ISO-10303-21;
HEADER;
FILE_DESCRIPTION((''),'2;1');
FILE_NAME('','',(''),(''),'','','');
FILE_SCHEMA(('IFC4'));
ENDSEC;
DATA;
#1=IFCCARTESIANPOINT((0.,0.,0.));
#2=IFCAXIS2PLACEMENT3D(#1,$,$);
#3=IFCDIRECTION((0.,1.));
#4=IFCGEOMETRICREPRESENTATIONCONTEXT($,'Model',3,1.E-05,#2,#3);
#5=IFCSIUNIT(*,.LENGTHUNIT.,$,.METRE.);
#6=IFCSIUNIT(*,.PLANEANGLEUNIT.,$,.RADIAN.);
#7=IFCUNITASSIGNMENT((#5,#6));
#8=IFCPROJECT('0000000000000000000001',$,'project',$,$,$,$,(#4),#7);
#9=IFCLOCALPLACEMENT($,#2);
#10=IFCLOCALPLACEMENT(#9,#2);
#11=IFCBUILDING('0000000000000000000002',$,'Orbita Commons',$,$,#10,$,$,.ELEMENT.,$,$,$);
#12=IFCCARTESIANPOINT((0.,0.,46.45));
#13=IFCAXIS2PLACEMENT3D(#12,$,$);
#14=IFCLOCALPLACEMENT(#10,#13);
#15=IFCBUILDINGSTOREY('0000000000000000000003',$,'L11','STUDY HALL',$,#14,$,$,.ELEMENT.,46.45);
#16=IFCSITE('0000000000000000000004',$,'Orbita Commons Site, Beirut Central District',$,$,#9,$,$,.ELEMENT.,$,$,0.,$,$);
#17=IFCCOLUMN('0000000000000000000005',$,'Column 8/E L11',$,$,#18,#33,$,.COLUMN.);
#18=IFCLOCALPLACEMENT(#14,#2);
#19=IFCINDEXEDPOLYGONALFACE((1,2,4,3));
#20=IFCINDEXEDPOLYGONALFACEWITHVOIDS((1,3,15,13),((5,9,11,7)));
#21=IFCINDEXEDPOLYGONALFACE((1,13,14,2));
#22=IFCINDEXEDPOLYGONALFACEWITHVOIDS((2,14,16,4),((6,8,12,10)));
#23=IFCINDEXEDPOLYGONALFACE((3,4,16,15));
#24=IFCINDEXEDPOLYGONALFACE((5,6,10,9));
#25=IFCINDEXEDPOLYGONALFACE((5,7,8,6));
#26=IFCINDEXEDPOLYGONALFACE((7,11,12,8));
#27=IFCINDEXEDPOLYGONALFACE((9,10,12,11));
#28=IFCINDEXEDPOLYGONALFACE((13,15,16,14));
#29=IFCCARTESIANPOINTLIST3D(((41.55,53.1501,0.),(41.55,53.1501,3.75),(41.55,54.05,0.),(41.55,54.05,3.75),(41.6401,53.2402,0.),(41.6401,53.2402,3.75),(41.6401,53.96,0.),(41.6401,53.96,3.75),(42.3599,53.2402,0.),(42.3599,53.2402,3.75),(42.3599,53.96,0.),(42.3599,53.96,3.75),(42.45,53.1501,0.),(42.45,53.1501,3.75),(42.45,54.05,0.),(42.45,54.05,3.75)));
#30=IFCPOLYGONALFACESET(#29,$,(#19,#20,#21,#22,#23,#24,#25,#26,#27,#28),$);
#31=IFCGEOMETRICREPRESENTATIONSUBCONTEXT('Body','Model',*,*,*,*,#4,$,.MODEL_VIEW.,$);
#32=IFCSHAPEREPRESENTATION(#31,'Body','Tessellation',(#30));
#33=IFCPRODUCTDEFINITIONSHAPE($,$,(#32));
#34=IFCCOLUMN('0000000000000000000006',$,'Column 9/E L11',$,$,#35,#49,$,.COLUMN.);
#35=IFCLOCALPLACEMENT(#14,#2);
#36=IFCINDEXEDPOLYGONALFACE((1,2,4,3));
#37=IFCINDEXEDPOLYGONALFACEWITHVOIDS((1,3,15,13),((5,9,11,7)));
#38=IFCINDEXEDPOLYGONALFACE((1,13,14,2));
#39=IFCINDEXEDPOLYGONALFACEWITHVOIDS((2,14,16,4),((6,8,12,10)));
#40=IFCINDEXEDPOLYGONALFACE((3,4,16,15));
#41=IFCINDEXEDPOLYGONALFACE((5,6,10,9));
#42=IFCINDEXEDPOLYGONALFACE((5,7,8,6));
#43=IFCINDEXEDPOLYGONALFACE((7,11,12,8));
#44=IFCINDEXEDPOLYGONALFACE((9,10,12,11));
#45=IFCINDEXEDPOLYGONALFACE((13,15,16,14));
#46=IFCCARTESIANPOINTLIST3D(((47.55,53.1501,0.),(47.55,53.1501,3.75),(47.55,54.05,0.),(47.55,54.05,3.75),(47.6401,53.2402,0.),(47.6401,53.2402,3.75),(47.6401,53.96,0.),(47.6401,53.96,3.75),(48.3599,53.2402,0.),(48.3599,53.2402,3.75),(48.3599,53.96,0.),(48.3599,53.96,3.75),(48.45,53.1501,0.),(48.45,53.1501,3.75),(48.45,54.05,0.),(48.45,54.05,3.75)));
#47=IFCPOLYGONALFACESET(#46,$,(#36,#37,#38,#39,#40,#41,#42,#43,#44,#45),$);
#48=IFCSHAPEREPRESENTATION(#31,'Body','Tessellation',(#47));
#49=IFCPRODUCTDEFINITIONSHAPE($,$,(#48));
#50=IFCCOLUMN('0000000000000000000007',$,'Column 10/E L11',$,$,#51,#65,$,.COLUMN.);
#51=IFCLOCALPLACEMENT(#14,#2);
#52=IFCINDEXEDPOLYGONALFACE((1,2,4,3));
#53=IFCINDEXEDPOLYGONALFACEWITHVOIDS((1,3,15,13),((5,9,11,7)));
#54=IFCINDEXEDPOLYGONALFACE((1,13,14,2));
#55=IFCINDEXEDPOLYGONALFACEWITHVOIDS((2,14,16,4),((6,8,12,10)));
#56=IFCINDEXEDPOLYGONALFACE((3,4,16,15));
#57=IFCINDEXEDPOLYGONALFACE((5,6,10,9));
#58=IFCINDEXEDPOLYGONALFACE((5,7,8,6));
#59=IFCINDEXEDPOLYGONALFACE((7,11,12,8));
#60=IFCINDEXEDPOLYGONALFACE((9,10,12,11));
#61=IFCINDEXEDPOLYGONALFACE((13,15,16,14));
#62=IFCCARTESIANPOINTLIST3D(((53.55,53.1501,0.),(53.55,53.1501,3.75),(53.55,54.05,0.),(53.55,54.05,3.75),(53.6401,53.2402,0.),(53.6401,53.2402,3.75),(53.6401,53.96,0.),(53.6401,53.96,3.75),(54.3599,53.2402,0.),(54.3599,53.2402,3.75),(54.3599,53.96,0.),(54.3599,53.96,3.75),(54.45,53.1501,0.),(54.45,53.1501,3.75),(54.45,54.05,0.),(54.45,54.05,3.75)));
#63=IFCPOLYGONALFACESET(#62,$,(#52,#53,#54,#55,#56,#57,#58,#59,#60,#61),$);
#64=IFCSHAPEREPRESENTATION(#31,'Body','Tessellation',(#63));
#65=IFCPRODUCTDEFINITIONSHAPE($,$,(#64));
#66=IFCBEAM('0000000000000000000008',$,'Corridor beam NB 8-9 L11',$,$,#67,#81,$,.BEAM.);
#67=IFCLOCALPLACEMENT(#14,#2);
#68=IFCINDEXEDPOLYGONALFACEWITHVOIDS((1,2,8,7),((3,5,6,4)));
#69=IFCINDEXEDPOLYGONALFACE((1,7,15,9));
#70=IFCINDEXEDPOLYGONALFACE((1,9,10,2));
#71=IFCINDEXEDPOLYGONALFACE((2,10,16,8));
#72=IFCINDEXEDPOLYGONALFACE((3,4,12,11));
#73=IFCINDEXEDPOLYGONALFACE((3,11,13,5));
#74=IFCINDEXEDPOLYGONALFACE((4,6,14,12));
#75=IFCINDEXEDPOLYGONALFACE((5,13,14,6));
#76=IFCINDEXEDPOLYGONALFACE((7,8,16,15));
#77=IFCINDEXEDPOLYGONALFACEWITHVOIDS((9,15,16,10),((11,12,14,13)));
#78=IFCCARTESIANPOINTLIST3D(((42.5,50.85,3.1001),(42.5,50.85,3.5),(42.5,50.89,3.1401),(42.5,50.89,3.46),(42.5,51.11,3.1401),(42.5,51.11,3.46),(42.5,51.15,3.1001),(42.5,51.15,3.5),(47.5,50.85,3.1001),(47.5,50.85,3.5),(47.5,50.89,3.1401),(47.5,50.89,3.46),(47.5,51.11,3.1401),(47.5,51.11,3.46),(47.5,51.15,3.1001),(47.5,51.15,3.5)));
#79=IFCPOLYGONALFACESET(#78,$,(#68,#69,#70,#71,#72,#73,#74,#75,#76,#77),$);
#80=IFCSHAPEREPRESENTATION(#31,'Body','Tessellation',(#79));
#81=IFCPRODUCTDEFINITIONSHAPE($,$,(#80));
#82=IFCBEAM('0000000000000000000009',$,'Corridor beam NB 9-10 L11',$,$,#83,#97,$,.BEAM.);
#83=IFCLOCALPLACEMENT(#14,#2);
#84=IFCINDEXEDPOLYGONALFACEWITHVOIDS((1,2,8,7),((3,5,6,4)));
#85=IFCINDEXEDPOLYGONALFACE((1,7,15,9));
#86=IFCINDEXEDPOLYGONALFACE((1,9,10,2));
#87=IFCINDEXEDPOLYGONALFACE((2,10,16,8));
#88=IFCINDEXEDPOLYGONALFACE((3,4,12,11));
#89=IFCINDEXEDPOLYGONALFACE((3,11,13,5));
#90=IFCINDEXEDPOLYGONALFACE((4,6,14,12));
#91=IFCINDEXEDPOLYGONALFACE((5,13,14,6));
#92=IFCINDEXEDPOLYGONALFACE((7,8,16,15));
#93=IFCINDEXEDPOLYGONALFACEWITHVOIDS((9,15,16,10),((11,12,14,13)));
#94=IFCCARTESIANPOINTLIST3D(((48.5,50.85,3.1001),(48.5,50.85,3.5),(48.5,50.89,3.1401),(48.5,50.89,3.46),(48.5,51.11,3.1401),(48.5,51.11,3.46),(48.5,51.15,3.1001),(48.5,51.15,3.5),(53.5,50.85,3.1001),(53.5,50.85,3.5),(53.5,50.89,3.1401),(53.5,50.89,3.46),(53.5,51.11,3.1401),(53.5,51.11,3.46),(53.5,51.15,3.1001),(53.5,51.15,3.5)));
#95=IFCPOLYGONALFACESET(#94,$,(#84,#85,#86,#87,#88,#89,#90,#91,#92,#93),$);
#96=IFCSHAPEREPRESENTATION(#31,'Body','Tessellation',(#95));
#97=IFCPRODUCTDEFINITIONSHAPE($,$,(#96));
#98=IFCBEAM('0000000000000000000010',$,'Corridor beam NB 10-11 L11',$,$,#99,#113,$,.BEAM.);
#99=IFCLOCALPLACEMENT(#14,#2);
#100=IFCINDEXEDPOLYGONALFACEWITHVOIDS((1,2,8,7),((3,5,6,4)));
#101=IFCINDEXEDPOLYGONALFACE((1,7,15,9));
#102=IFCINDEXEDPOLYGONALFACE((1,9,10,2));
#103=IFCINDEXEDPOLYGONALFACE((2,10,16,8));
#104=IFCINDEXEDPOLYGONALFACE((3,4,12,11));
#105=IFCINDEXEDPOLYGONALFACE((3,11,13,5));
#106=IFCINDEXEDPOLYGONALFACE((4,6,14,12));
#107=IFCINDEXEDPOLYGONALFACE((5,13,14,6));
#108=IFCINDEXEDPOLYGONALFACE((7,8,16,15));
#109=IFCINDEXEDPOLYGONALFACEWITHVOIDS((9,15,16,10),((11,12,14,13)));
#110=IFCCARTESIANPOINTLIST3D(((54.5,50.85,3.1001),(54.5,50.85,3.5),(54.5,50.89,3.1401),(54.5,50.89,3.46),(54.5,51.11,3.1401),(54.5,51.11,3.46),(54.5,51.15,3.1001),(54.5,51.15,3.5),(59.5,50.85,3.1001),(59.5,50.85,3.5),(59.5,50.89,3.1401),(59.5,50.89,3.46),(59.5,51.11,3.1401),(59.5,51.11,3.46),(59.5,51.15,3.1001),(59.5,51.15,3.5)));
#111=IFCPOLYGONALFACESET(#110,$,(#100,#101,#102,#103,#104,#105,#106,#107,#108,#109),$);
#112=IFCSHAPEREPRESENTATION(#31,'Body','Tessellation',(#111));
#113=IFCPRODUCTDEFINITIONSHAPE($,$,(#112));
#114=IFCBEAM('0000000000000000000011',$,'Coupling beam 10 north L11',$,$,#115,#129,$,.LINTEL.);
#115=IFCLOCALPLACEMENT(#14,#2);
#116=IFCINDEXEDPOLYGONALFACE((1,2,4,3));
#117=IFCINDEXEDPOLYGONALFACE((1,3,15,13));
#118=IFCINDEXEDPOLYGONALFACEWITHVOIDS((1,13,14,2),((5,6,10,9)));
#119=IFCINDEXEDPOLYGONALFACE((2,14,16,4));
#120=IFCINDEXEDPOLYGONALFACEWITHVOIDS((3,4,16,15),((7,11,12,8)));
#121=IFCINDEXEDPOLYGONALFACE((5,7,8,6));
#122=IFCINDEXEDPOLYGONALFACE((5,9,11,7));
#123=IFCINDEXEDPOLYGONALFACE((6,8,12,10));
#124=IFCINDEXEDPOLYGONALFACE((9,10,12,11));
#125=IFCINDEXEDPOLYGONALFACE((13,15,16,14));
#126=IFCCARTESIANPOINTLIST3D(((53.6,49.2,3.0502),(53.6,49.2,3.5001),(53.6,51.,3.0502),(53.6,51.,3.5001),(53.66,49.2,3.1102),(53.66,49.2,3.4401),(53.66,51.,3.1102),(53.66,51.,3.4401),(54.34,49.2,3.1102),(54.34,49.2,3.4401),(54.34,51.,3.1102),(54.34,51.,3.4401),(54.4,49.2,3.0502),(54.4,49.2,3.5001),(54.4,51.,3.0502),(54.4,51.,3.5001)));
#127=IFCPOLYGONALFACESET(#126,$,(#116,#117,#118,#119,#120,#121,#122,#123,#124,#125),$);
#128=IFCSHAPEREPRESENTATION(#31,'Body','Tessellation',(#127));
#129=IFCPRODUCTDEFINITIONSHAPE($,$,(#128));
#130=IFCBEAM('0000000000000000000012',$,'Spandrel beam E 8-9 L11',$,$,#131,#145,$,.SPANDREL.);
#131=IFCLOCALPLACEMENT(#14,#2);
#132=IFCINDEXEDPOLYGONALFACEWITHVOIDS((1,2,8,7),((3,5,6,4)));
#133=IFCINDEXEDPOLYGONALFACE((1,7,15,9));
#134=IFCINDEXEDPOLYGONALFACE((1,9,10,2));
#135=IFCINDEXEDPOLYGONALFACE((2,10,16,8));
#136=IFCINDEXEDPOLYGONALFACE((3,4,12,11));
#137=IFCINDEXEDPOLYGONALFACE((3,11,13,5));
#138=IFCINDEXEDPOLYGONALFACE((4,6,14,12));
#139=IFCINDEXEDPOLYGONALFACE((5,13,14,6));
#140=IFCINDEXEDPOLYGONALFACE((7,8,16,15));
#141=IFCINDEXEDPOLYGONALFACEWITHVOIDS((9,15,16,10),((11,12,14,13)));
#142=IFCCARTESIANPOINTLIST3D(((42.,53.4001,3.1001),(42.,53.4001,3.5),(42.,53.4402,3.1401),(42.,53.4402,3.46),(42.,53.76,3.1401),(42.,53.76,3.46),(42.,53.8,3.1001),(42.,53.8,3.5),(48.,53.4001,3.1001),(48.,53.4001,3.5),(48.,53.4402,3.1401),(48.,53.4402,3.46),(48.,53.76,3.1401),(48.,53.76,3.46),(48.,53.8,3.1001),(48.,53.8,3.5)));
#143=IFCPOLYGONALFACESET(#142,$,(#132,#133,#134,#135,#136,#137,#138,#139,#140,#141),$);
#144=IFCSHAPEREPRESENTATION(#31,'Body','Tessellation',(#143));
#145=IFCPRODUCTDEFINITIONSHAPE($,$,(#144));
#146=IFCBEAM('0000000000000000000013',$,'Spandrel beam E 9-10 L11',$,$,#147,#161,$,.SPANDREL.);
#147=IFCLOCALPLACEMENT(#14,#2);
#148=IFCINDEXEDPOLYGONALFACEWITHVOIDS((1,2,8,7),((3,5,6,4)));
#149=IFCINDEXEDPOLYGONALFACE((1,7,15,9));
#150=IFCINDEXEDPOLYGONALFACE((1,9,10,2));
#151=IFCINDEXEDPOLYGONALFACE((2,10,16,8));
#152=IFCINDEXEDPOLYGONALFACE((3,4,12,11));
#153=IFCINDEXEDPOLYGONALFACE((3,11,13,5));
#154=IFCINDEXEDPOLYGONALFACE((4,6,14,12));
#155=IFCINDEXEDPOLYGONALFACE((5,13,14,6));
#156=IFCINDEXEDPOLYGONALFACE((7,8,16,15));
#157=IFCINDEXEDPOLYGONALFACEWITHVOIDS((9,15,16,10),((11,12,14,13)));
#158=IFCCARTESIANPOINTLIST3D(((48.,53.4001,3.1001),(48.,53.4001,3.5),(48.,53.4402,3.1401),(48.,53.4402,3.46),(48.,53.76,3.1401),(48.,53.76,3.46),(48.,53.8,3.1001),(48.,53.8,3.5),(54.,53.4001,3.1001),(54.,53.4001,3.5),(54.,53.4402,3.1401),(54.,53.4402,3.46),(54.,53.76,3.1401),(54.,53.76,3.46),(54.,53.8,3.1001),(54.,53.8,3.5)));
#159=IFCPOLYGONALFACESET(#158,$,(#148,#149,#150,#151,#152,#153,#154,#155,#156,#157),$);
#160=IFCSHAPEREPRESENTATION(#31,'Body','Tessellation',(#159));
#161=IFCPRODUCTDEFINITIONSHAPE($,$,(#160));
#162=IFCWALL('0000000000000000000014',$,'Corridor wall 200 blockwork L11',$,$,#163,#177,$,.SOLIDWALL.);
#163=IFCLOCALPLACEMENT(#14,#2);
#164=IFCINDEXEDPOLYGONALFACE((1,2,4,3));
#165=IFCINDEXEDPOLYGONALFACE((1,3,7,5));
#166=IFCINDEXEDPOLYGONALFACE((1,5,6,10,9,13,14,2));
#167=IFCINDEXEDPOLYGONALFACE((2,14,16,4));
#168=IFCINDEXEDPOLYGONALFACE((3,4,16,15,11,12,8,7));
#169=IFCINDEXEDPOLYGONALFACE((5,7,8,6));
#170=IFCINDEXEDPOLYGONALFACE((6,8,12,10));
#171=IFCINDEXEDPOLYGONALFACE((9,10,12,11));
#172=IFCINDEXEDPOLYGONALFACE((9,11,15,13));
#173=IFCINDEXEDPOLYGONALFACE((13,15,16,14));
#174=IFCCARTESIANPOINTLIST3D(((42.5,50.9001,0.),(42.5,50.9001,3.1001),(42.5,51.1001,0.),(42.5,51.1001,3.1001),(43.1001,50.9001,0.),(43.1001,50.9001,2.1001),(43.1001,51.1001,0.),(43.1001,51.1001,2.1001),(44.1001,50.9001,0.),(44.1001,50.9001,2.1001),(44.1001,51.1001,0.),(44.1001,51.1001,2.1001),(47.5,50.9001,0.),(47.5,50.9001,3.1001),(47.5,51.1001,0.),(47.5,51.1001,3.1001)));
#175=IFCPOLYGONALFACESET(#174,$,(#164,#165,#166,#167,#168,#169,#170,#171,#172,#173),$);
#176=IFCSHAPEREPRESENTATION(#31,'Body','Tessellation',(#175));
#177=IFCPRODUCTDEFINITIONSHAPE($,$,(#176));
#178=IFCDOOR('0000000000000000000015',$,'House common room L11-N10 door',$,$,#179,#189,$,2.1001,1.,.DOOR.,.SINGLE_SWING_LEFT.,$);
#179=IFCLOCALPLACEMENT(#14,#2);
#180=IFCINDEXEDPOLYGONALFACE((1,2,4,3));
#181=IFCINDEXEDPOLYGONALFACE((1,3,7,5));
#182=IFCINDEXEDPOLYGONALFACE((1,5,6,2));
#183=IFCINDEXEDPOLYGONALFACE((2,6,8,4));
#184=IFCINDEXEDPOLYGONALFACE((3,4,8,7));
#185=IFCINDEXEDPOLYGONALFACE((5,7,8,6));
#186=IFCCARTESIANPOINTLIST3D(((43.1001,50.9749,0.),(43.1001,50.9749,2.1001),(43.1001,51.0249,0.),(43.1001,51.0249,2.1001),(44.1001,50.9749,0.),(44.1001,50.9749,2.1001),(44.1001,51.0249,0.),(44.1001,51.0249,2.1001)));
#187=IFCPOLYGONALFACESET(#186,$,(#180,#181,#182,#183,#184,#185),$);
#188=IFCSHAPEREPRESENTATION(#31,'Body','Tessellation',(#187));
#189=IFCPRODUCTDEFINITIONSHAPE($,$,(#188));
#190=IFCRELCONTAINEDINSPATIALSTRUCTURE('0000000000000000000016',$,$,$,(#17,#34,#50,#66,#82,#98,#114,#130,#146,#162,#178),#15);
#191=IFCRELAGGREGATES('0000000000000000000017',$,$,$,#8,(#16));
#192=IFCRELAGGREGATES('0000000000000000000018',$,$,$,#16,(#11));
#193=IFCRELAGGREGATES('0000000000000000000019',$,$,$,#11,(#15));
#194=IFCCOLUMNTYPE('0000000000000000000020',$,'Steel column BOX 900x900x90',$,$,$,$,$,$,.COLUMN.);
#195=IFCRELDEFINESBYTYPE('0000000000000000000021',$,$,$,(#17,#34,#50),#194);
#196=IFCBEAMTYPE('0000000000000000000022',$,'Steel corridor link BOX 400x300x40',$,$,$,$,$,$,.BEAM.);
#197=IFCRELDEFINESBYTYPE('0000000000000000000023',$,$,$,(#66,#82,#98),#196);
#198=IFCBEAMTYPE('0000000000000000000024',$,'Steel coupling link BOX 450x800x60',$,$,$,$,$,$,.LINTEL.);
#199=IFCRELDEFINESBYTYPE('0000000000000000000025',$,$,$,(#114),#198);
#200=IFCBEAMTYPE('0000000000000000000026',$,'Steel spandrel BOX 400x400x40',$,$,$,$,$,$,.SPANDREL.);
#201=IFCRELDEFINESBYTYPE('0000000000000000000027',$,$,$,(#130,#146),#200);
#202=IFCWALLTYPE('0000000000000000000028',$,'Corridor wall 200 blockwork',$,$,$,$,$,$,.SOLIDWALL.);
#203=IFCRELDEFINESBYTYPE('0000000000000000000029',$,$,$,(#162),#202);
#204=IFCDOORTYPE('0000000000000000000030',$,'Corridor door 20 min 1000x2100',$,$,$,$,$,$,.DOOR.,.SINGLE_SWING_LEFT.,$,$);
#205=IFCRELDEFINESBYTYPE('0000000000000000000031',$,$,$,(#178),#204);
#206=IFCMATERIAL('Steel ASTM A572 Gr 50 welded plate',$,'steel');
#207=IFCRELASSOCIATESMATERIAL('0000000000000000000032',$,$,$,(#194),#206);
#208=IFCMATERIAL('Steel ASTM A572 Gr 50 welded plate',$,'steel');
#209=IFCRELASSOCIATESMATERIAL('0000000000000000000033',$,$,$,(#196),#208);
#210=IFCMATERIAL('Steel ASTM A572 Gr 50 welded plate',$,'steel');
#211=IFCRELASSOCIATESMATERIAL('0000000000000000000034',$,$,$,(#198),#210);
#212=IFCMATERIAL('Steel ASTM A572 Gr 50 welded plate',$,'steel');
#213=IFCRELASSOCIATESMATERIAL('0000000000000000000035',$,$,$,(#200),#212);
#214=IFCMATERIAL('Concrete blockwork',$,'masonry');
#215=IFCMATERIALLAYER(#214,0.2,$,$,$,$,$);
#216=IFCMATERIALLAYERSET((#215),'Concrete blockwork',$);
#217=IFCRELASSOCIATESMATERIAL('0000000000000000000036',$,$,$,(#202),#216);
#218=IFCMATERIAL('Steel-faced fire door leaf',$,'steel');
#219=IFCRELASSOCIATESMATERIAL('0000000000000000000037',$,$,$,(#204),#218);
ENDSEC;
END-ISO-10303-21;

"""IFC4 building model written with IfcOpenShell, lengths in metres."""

from ifc_helpers import new_model, si_unit, direction, frame, frame_2d, origin, origin_2d, place, context, subcontext, project, spatial, polyline, rectangle, hollow_rectangle, outline, extrude, material, layer, layer_set, material_profile, profile_set, type_object, element, fill, save


model = new_model("IFC4")

# Units and contexts
model_context = context("Model", 3, precision=1e-05, world=origin(), true_north=direction((0.0, 1.0)))
body_context = subcontext(model_context, "Body", "Model", "MODEL_VIEW")
ifc_project = project(units=[si_unit("LENGTHUNIT", "METRE"), si_unit("PLANEANGLEUNIT", "RADIAN")], contexts=[model_context])

# Site, building, storey
site_placement = place(None, origin())
site = spatial("IfcSite", under=ifc_project, at=site_placement, Name="Orbita Commons Site, Beirut Central District", CompositionType="ELEMENT", RefElevation=0.0)
building_placement = place(site_placement, origin())
building = spatial("IfcBuilding", under=site, at=building_placement, Name="Orbita Commons", CompositionType="ELEMENT")
storey_placement = place(building_placement, frame((0.0, 0.0, 46.45)))
storey = spatial("IfcBuildingStorey", under=building, at=storey_placement, Name="L11", Description="STUDY HALL", CompositionType="ELEMENT", Elevation=46.45)

# Columns
ifc_material_1 = material(Name="Steel ASTM A572 Gr 50 welded plate", Category="steel")
ifc_material_profile_1 = material_profile(ifc_material_1, hollow_rectangle(XDim=0.8999, YDim=0.8999, WallThickness=0.0901, at=origin_2d()), Name="BOX 900x900x90")
ifc_profile_set_1 = profile_set([ifc_material_profile_1], Name="Steel ASTM A572 Gr 50 welded plate")
column_type = type_object("IfcColumnType", Name="Steel column BOX 900x900x90", PredefinedType="COLUMN", material=ifc_profile_set_1)
for number, where, z_axis, x_axis, name in (
    (1, (42.0, 53.6001, 0.0), (0.0, 0.0, 1.0), (1.0, 0.0, 0.0), "Column 8/E L11"),
    (2, (48.0, 53.6001, 0.0), (0.0, 0.0, 1.0), (1.0, 0.0, 0.0), "Column 9/E L11"),
    (3, (54.0, 53.6001, 0.0), (0.0, 0.0, 1.0), (1.0, 0.0, 0.0), "Column 10/E L11"),
):
    element("IfcColumn", number, at=place(storey_placement, frame(where, z_axis=z_axis, x_axis=x_axis)), inside=storey, type_object=column_type, Name=name, PredefinedType="COLUMN", context=body_context, shape_type="SweptSolid", body=[
        extrude(hollow_rectangle(XDim=0.8999, YDim=0.8999, WallThickness=0.0901, at=origin_2d()), origin(), (0.0, 0.0, 1.0), 3.75),
    ])

# Beams
ifc_material_2 = material(Name="Steel ASTM A572 Gr 50 welded plate", Category="steel")
ifc_material_profile_2 = material_profile(ifc_material_2, hollow_rectangle(XDim=0.3, YDim=0.3999, WallThickness=0.04, at=origin_2d()), Name="BOX 400x300x40")
ifc_profile_set_2 = profile_set([ifc_material_profile_2], Name="Steel ASTM A572 Gr 50 welded plate")
beam_type_1 = type_object("IfcBeamType", Name="Steel corridor link BOX 400x300x40", PredefinedType="BEAM", material=ifc_profile_set_2)
for number, where, z_axis, x_axis, name in (
    (4, (42.5, 51.0, 3.3), (1.0, 0.0, 0.0), (0.0, 1.0, 0.0), "Corridor beam NB 8-9 L11"),
    (5, (48.5, 51.0, 3.3), (1.0, 0.0, 0.0), (0.0, 1.0, 0.0), "Corridor beam NB 9-10 L11"),
    (6, (54.5, 51.0, 3.3), (1.0, 0.0, 0.0), (0.0, 1.0, 0.0), "Corridor beam NB 10-11 L11"),
):
    element("IfcBeam", number, at=place(storey_placement, frame(where, z_axis=z_axis, x_axis=x_axis)), inside=storey, type_object=beam_type_1, Name=name, PredefinedType="BEAM", context=body_context, shape_type="SweptSolid", body=[
        extrude(hollow_rectangle(XDim=0.3, YDim=0.3999, WallThickness=0.04, at=origin_2d()), origin(), (0.0, 0.0, 1.0), 5.0),
    ])
ifc_material_3 = material(Name="Steel ASTM A572 Gr 50 welded plate", Category="steel")
ifc_material_profile_3 = material_profile(ifc_material_3, hollow_rectangle(XDim=0.8, YDim=0.45, WallThickness=0.0601, at=origin_2d()), Name="BOX 450x800x60")
ifc_profile_set_3 = profile_set([ifc_material_profile_3], Name="Steel ASTM A572 Gr 50 welded plate")
beam_type_2 = type_object("IfcBeamType", Name="Steel coupling link BOX 450x800x60", PredefinedType="LINTEL", material=ifc_profile_set_3)
beam_placement = place(storey_placement, frame((54.0, 49.2, 3.2751), z_axis=(0.0, 1.0, 0.0), x_axis=(-1.0, 0.0, 0.0)))
element("IfcBeam", 7, at=beam_placement, inside=storey, type_object=beam_type_2, Name="Coupling beam 10 north L11", PredefinedType="LINTEL", context=body_context, shape_type="SweptSolid", body=[
    extrude(hollow_rectangle(XDim=0.8, YDim=0.45, WallThickness=0.0601, at=origin_2d()), origin(), (0.0, 0.0, 1.0), 1.8),
])
ifc_material_4 = material(Name="Steel ASTM A572 Gr 50 welded plate", Category="steel")
ifc_material_profile_4 = material_profile(ifc_material_4, hollow_rectangle(XDim=0.3999, YDim=0.3999, WallThickness=0.04, at=origin_2d()), Name="BOX 400x400x40")
ifc_profile_set_4 = profile_set([ifc_material_profile_4], Name="Steel ASTM A572 Gr 50 welded plate")
beam_type_3 = type_object("IfcBeamType", Name="Steel spandrel BOX 400x400x40", PredefinedType="SPANDREL", material=ifc_profile_set_4)
for number, where, z_axis, x_axis, name in (
    (8, (42.0, 53.6001, 3.3), (1.0, 0.0, 0.0), (0.0, 1.0, 0.0), "Spandrel beam E 8-9 L11"),
    (9, (48.0, 53.6001, 3.3), (1.0, 0.0, 0.0), (0.0, 1.0, 0.0), "Spandrel beam E 9-10 L11"),
):
    element("IfcBeam", number, at=place(storey_placement, frame(where, z_axis=z_axis, x_axis=x_axis)), inside=storey, type_object=beam_type_3, Name=name, PredefinedType="SPANDREL", context=body_context, shape_type="SweptSolid", body=[
        extrude(hollow_rectangle(XDim=0.3999, YDim=0.3999, WallThickness=0.04, at=origin_2d()), origin(), (0.0, 0.0, 1.0), 6.0),
    ])

# Wall, opening, door
ifc_material_5 = material(Name="Concrete blockwork", Category="masonry")
ifc_layer_1 = layer(ifc_material_5, 0.2)
ifc_layer_set_1 = layer_set([ifc_layer_1], Name="Concrete blockwork")
wall_type_1 = type_object("IfcWallType", Name="Corridor wall 200 blockwork", PredefinedType="SOLIDWALL", material=ifc_layer_set_1)
wall_1_placement = place(storey_placement, frame((42.5, 51.0, 0.0), z_axis=(0.0, 0.0, 1.0), x_axis=(1.0, 0.0, 0.0)))
wall_1 = element("IfcWall", 10, at=wall_1_placement, inside=storey, type_object=wall_type_1, Name="Corridor wall 200 blockwork L11", PredefinedType="SOLIDWALL", context=body_context, shape_type="SweptSolid", body=[
    extrude(outline(polyline([(0.0, 0.0), (5.0, 0.0), (5.0, 3.1001), (0.0, 3.1001), (0.0, 0.0)])), frame((0.0, 0.1001, 0.0), z_axis=(0.0, -1.0, 0.0), x_axis=(1.0, 0.0, 0.0)), (0.0, 0.0, 1.0), 0.2),
])
opening_1_placement = place(wall_1_placement, frame((0.6001, 0.0, 0.0)))
opening_1 = element("IfcOpeningElement", 11, at=opening_1_placement, cuts=wall_1, PredefinedType="OPENING", context=body_context, shape_type="SweptSolid", body=[
    extrude(rectangle(XDim=1.0, YDim=2.1001, at=frame_2d((0.5, 1.05))), frame((0.0, 0.1099, 0.0), z_axis=(0.0, -1.0, 0.0), x_axis=(1.0, 0.0, 0.0)), (0.0, 0.0, 1.0), 0.22),
])
ifc_material_6 = material(Name="Steel-faced fire door leaf", Category="steel")
door_type_1 = type_object("IfcDoorType", Name="Corridor door 20 min 1000x2100", OperationType="SINGLE_SWING_LEFT", PredefinedType="DOOR", material=ifc_material_6)
door_1_placement = place(opening_1_placement, origin())
door_1 = element("IfcDoor", 12, at=door_1_placement, inside=storey, type_object=door_type_1, Name="House common room L11-N10 door", OperationType="SINGLE_SWING_LEFT", OverallHeight=2.1001, OverallWidth=1.0, PredefinedType="DOOR", context=body_context, shape_type="SweptSolid", body=[
    extrude(rectangle(XDim=1.0, YDim=2.1001, at=frame_2d((0.5, 1.05))), frame((0.0, 0.0249, 0.0), z_axis=(0.0, -1.0, 0.0), x_axis=(1.0, 0.0, 0.0)), (0.0, 0.0, 1.0), 0.05),
])
fill(opening_1, door_1)

save(model, "model.ifc")
